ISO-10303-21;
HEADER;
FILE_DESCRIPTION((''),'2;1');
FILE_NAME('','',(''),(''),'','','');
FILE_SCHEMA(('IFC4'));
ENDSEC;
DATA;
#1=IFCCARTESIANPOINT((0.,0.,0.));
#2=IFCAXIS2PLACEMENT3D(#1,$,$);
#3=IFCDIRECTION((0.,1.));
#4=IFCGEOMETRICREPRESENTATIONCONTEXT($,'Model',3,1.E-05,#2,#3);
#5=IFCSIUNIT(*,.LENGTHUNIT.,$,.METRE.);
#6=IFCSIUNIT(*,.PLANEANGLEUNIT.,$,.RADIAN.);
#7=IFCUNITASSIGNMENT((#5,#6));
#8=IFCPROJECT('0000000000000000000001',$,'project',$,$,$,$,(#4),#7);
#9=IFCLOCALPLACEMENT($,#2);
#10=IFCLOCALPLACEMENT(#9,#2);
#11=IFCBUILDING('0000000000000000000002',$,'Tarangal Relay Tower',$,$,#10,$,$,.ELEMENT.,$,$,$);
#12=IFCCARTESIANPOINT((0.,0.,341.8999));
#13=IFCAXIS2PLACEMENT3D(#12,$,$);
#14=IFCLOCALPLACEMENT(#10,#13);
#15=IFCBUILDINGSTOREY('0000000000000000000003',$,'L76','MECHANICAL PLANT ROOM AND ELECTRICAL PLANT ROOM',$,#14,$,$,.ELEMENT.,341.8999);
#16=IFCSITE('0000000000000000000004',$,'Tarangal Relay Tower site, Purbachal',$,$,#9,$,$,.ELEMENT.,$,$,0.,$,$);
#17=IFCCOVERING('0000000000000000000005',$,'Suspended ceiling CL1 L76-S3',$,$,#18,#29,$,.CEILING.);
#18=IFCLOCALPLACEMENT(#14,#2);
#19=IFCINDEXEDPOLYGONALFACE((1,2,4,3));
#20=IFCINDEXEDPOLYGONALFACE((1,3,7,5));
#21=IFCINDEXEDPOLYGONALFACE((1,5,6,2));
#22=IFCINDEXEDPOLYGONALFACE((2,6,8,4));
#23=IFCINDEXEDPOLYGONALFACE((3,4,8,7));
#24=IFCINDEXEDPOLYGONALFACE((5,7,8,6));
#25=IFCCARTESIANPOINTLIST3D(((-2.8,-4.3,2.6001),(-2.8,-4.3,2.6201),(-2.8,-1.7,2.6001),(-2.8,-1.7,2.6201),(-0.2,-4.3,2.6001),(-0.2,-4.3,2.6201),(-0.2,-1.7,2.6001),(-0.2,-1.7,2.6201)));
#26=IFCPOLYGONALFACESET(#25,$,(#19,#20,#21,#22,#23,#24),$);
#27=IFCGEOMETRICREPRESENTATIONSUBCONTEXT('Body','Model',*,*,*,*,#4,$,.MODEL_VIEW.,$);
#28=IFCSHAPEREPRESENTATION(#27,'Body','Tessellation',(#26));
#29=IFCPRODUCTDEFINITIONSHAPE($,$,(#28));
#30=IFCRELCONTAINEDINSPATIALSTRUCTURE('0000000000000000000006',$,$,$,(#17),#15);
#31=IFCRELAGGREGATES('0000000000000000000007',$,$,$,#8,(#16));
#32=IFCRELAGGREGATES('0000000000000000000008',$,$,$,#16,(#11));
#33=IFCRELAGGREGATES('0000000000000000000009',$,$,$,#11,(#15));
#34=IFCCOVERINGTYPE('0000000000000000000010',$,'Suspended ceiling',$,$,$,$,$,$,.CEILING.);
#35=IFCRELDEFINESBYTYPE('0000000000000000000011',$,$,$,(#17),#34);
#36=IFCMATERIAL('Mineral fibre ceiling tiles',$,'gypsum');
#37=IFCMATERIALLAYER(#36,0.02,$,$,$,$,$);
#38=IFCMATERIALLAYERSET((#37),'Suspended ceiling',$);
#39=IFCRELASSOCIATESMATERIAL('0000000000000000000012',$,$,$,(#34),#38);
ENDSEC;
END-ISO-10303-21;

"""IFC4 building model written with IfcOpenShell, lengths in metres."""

from ifc_helpers import new_model, si_unit, direction, frame, origin, place, context, subcontext, project, spatial, polyline, outline, extrude, material, layer, layer_set, type_object, element, save


model = new_model("IFC4")

# Units and contexts
model_context = context("Model", 3, precision=1e-05, world=origin(), true_north=direction((0.0, 1.0)))
body_context = subcontext(model_context, "Body", "Model", "MODEL_VIEW")
ifc_project = project(units=[si_unit("LENGTHUNIT", "METRE"), si_unit("PLANEANGLEUNIT", "RADIAN")], contexts=[model_context])

# Site, building, storey
site_placement = place(None, origin())
site = spatial("IfcSite", under=ifc_project, at=site_placement, Name="Tarangal Relay Tower site, Purbachal", CompositionType="ELEMENT", RefElevation=0.0)
building_placement = place(site_placement, origin())
building = spatial("IfcBuilding", under=site, at=building_placement, Name="Tarangal Relay Tower", CompositionType="ELEMENT")
storey_placement = place(building_placement, frame((0.0, 0.0, 341.8999)))
storey = spatial("IfcBuildingStorey", under=building, at=storey_placement, Name="L76", Description="MECHANICAL PLANT ROOM AND ELECTRICAL PLANT ROOM", CompositionType="ELEMENT", Elevation=341.8999)

# Covering
ifc_material_1 = material(Name="Mineral fibre ceiling tiles", Category="gypsum")
ifc_layer_1 = layer(ifc_material_1, 0.02)
ifc_layer_set_1 = layer_set([ifc_layer_1], Name="Suspended ceiling")
covering_type_1 = type_object("IfcCoveringType", Name="Suspended ceiling", PredefinedType="CEILING", material=ifc_layer_set_1)
covering_1_placement = place(storey_placement, frame((0.0, 0.0, 2.6001)))
element("IfcCovering", 1, at=covering_1_placement, inside=storey, type_object=covering_type_1, Name="Suspended ceiling CL1 L76-S3", PredefinedType="CEILING", context=body_context, shape_type="SweptSolid", body=[
    extrude(outline(polyline([(-2.8, -4.3), (-0.2, -4.3), (-0.2, -1.7), (-2.8, -1.7), (-2.8, -4.3)])), origin(), (0.0, 0.0, 1.0), 0.02),
])

save(model, "model.ifc")
